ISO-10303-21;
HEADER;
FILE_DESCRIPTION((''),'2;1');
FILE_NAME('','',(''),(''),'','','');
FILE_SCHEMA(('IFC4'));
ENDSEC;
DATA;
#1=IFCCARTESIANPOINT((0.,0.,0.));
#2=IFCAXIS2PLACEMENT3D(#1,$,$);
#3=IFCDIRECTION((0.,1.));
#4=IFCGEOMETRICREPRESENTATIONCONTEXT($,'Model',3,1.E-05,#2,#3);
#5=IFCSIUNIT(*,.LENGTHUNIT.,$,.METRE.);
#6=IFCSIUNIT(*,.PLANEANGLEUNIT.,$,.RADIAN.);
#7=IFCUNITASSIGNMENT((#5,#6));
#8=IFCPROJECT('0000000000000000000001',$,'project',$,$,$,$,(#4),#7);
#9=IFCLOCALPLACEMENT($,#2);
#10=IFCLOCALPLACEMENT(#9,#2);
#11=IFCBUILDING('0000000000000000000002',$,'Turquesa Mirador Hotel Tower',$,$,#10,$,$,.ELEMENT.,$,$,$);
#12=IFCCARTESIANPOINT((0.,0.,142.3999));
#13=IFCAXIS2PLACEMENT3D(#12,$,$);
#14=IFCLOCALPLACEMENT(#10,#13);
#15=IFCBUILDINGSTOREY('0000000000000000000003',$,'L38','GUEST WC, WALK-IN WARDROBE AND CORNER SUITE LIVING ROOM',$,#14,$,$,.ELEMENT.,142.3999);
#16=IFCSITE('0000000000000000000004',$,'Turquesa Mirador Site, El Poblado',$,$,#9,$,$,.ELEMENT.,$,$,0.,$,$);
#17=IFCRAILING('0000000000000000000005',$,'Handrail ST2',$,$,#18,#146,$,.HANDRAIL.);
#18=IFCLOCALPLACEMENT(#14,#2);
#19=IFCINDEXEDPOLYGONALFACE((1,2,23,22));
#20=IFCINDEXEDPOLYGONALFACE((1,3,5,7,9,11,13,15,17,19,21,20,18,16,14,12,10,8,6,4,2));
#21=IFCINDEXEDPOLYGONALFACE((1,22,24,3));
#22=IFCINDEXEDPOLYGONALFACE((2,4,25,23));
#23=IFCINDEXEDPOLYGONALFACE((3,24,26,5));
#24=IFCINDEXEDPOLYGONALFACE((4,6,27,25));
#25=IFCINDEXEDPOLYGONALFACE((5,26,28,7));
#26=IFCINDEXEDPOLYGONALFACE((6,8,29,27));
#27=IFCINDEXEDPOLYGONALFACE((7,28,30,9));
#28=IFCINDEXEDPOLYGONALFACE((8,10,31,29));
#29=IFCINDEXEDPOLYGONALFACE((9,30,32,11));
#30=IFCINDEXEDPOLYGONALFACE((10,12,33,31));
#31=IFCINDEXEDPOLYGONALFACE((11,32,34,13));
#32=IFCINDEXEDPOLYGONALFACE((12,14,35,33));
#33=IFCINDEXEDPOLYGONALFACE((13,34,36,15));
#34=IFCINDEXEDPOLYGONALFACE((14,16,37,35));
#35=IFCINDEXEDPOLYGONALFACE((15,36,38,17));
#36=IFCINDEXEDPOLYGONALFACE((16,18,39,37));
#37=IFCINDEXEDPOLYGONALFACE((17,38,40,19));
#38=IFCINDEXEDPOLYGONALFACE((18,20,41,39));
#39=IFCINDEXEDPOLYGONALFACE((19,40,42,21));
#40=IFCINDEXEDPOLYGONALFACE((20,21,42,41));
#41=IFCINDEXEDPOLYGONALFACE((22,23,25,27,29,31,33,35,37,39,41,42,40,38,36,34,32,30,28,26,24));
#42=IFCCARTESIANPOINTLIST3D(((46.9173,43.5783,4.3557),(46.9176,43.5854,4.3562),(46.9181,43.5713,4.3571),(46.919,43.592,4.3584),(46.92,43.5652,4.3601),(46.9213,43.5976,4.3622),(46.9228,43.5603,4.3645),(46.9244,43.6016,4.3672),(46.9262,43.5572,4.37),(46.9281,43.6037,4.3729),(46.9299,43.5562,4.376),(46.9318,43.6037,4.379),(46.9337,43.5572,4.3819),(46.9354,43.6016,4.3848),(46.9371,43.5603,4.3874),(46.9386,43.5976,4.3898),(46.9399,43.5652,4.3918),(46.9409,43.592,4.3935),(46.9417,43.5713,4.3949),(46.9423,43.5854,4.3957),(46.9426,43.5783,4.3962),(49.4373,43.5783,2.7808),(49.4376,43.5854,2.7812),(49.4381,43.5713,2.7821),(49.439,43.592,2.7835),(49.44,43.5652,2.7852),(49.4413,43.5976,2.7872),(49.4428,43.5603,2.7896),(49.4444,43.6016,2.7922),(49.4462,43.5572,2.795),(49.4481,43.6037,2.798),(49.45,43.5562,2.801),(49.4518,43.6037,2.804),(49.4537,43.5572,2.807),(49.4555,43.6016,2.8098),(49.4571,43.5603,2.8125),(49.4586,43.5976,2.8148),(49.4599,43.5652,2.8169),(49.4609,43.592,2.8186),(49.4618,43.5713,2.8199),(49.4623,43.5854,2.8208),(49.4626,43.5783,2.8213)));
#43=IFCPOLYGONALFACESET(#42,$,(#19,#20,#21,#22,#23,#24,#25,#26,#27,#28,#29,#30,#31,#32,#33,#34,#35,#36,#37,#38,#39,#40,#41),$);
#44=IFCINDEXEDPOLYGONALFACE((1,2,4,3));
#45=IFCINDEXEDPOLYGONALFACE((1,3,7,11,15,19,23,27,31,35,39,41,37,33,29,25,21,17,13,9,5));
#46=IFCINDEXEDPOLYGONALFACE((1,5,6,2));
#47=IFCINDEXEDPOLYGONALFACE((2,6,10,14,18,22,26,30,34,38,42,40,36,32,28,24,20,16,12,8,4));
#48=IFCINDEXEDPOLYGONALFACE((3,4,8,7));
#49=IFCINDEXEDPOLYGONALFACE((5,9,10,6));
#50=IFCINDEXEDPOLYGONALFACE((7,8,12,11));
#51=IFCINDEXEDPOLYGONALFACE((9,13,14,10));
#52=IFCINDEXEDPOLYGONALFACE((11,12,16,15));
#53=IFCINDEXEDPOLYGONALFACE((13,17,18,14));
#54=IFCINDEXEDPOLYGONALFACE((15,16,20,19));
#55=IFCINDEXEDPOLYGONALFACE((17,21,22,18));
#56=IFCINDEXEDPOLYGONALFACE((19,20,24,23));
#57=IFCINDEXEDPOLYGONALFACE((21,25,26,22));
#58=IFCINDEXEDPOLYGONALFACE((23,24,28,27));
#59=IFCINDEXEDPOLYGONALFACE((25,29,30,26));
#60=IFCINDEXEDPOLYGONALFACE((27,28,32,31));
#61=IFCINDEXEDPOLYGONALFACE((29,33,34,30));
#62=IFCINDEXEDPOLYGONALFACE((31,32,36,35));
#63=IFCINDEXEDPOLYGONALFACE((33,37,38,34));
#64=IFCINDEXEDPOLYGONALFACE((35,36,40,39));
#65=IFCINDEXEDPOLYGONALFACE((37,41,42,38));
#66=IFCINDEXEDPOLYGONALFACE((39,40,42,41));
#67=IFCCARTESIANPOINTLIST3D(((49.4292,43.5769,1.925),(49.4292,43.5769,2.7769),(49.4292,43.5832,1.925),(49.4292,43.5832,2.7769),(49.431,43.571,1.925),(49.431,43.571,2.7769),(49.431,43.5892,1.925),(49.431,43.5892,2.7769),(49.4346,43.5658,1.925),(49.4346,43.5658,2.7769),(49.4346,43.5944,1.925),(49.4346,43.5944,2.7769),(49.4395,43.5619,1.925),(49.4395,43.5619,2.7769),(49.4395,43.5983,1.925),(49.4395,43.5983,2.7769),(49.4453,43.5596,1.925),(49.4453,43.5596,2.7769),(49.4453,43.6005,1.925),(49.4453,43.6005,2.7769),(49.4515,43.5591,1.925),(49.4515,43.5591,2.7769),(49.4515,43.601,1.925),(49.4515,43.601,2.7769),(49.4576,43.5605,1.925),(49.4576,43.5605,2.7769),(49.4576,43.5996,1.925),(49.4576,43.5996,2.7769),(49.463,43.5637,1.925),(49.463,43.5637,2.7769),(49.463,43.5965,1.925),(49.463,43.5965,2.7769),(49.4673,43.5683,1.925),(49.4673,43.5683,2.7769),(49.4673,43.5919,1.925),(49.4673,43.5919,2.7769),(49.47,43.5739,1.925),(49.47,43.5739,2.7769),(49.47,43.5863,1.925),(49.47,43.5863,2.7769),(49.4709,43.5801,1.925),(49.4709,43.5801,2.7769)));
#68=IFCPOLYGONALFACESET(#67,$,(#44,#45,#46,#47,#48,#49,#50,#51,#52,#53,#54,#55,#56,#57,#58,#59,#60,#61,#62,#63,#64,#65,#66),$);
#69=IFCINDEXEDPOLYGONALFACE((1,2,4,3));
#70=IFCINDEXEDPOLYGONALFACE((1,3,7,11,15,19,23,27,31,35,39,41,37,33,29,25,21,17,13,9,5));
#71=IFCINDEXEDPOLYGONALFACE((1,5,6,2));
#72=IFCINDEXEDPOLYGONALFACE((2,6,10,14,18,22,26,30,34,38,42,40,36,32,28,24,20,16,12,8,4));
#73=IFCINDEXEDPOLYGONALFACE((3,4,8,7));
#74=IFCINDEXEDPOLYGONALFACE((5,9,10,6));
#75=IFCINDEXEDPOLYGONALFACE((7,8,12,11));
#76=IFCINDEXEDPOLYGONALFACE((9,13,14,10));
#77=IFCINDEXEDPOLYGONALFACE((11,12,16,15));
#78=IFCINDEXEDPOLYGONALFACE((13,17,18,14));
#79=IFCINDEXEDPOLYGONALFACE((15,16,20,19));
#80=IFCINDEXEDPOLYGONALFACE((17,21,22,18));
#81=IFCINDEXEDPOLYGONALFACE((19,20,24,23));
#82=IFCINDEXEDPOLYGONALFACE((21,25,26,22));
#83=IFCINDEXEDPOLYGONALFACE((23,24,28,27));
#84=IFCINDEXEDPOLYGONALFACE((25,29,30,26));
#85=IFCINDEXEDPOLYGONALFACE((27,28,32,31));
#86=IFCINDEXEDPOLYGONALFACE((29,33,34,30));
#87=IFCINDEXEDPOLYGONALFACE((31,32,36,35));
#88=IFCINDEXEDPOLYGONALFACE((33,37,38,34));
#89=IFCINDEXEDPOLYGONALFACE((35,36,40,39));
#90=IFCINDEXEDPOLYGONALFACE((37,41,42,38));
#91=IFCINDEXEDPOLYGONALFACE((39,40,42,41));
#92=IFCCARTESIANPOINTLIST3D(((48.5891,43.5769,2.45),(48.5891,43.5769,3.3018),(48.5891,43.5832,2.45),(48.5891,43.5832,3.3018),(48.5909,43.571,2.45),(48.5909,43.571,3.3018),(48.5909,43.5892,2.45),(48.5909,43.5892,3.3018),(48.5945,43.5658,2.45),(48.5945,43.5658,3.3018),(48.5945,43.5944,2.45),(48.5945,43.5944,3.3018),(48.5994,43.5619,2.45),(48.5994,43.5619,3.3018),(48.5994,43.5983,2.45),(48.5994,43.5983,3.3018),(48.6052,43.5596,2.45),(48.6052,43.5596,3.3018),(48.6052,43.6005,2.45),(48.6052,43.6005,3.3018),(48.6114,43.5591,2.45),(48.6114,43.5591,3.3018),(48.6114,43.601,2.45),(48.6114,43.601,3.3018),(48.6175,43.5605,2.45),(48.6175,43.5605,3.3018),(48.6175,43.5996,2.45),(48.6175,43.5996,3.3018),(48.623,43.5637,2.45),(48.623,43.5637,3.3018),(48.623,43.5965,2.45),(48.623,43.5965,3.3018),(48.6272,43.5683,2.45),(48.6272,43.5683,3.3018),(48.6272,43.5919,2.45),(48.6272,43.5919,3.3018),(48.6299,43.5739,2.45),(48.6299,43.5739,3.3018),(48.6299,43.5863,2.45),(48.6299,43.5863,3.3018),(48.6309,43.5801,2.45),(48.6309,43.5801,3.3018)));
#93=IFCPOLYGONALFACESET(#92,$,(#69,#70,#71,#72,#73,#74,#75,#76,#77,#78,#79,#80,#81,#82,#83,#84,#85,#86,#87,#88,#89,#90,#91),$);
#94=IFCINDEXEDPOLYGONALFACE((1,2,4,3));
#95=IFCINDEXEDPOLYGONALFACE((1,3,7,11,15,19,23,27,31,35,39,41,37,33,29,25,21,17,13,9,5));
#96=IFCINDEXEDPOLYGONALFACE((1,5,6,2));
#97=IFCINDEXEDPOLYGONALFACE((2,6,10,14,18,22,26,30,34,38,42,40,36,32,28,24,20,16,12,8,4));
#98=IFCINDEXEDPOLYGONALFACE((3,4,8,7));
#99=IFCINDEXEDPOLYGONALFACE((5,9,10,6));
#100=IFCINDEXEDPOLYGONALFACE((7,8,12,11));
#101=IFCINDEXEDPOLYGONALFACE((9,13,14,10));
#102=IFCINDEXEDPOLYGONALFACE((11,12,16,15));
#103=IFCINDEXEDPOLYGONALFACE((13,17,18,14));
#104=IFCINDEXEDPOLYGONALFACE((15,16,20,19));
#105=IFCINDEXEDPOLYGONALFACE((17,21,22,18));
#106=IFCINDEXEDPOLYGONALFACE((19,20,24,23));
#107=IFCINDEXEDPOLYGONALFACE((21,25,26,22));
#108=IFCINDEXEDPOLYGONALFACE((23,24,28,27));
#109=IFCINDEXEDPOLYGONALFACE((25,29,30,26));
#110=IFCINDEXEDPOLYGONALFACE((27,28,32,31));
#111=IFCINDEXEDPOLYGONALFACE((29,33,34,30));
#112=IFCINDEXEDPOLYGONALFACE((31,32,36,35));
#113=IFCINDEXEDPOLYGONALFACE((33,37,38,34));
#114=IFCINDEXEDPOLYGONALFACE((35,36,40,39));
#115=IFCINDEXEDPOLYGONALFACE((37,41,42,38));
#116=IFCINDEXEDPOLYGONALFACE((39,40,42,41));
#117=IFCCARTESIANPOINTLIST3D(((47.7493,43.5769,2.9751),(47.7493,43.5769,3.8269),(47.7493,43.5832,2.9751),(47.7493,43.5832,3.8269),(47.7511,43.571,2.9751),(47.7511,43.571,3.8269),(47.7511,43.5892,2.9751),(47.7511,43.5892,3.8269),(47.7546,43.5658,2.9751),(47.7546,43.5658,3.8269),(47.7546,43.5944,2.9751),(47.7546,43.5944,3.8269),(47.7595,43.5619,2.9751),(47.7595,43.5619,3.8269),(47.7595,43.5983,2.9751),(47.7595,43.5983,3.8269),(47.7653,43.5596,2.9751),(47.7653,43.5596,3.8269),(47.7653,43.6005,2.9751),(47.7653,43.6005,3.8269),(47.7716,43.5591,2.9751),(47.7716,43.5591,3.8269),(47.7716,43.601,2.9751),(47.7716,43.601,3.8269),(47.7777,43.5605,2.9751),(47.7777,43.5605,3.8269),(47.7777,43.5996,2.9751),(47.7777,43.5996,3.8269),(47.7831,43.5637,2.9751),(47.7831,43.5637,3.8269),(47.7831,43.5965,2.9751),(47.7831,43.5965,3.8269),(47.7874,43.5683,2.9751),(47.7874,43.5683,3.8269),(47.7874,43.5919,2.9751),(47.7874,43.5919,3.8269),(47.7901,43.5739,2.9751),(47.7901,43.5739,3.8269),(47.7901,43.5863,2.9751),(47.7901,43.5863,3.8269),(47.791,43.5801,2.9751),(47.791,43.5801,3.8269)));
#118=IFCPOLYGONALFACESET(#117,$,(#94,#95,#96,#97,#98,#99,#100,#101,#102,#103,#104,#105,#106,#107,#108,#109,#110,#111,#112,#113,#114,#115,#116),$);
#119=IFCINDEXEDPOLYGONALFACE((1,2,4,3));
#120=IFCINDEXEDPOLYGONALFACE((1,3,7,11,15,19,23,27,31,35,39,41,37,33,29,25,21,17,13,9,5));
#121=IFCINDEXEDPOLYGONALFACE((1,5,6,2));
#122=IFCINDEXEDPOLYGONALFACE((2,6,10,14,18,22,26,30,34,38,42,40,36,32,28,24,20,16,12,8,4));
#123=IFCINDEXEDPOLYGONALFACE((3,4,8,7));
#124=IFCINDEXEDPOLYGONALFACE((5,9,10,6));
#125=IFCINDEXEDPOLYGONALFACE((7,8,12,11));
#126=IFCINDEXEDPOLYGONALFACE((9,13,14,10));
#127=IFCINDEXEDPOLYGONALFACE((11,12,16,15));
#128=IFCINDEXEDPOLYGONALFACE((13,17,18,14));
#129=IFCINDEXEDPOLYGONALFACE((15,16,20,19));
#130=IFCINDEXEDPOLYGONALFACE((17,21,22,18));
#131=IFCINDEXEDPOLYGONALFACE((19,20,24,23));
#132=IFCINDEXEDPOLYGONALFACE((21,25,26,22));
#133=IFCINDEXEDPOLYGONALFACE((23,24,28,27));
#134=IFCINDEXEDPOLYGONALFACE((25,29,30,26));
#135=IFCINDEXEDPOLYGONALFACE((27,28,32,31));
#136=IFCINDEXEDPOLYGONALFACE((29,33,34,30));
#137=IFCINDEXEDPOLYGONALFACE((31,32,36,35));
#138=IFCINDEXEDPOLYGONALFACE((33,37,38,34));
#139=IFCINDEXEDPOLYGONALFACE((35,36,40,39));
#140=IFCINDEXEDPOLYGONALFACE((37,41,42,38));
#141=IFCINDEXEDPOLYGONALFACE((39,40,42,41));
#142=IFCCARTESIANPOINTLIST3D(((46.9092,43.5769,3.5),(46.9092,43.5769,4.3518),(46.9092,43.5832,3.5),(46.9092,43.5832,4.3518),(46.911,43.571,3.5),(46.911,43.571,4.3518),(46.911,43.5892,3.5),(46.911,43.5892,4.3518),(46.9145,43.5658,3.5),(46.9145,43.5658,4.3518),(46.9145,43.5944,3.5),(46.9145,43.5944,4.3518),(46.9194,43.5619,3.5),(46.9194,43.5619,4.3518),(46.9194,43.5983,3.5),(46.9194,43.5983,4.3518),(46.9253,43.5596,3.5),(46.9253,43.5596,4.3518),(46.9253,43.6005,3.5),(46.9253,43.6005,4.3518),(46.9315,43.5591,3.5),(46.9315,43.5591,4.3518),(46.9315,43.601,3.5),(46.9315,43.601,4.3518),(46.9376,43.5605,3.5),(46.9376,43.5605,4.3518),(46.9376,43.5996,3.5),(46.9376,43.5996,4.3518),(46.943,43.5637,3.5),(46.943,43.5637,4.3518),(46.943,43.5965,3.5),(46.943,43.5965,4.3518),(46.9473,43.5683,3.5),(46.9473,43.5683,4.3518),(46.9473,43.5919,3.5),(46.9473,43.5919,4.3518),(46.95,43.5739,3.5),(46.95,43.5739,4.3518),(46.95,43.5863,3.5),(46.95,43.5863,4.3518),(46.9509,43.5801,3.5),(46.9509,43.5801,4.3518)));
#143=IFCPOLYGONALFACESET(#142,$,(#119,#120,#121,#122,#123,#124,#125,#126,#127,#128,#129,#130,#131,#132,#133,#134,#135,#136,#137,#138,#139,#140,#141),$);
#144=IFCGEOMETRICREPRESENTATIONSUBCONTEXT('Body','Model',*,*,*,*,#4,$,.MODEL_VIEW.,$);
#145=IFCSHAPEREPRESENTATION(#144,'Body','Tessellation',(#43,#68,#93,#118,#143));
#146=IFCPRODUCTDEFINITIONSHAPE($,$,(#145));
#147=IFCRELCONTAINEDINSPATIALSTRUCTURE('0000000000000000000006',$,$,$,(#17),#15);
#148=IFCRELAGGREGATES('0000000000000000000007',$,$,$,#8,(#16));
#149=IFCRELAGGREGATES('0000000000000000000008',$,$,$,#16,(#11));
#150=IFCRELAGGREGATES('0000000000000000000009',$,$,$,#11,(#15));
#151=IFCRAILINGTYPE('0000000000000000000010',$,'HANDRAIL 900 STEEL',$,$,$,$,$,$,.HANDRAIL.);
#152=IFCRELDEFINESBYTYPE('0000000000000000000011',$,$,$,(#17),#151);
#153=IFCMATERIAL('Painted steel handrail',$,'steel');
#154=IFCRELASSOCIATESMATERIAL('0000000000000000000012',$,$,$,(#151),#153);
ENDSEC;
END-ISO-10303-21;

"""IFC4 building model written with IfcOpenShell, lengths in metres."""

from ifc_helpers import new_model, si_unit, direction, frame, origin, origin_2d, place, context, subcontext, project, spatial, circle, extrude, material, type_object, element, save


model = new_model("IFC4")

# Units and contexts
model_context = context("Model", 3, precision=1e-05, world=origin(), true_north=direction((0.0, 1.0)))
body_context = subcontext(model_context, "Body", "Model", "MODEL_VIEW")
ifc_project = project(units=[si_unit("LENGTHUNIT", "METRE"), si_unit("PLANEANGLEUNIT", "RADIAN")], contexts=[model_context])

# Site, building, storey
site_placement = place(None, origin())
site = spatial("IfcSite", under=ifc_project, at=site_placement, Name="Turquesa Mirador Site, El Poblado", CompositionType="ELEMENT", RefElevation=0.0)
building_placement = place(site_placement, origin())
building = spatial("IfcBuilding", under=site, at=building_placement, Name="Turquesa Mirador Hotel Tower", CompositionType="ELEMENT")
storey_placement = place(building_placement, frame((0.0, 0.0, 142.3999)))
storey = spatial("IfcBuildingStorey", under=building, at=storey_placement, Name="L38", Description="GUEST WC, WALK-IN WARDROBE AND CORNER SUITE LIVING ROOM", CompositionType="ELEMENT", Elevation=142.3999)

# Railing
ifc_material_1 = material(Name="Painted steel handrail", Category="steel")
railing_type = type_object("IfcRailingType", Name="HANDRAIL 900 STEEL", PredefinedType="HANDRAIL", material=ifc_material_1)
railing_1_placement = place(storey_placement, frame((49.45, 43.5801, 1.925)))
element("IfcRailing", 1, at=railing_1_placement, inside=storey, type_object=railing_type, Name="Handrail ST2", PredefinedType="HANDRAIL", context=body_context, shape_type="SweptSolid", body=[
    extrude(circle(Radius=0.0239, at=origin_2d()), frame((0.0, 0.0, 0.876), z_axis=(-0.848008, 0.0, 0.529984), x_axis=(0.0, -1.0, 0.0)), (0.0, 0.0, 1.0), 2.9717),
    extrude(circle(Radius=0.021, at=origin_2d()), origin(), (0.0, 0.0, 1.0), 0.8518),
    extrude(circle(Radius=0.021, at=origin_2d()), frame((-0.8401, 0.0, 0.5249)), (0.0, 0.0, 1.0), 0.8518),
    extrude(circle(Radius=0.021, at=origin_2d()), frame((-1.6799, 0.0, 1.05)), (0.0, 0.0, 1.0), 0.8518),
    extrude(circle(Radius=0.021, at=origin_2d()), frame((-2.52, 0.0, 1.575)), (0.0, 0.0, 1.0), 0.8518),
])

save(model, "model.ifc")
